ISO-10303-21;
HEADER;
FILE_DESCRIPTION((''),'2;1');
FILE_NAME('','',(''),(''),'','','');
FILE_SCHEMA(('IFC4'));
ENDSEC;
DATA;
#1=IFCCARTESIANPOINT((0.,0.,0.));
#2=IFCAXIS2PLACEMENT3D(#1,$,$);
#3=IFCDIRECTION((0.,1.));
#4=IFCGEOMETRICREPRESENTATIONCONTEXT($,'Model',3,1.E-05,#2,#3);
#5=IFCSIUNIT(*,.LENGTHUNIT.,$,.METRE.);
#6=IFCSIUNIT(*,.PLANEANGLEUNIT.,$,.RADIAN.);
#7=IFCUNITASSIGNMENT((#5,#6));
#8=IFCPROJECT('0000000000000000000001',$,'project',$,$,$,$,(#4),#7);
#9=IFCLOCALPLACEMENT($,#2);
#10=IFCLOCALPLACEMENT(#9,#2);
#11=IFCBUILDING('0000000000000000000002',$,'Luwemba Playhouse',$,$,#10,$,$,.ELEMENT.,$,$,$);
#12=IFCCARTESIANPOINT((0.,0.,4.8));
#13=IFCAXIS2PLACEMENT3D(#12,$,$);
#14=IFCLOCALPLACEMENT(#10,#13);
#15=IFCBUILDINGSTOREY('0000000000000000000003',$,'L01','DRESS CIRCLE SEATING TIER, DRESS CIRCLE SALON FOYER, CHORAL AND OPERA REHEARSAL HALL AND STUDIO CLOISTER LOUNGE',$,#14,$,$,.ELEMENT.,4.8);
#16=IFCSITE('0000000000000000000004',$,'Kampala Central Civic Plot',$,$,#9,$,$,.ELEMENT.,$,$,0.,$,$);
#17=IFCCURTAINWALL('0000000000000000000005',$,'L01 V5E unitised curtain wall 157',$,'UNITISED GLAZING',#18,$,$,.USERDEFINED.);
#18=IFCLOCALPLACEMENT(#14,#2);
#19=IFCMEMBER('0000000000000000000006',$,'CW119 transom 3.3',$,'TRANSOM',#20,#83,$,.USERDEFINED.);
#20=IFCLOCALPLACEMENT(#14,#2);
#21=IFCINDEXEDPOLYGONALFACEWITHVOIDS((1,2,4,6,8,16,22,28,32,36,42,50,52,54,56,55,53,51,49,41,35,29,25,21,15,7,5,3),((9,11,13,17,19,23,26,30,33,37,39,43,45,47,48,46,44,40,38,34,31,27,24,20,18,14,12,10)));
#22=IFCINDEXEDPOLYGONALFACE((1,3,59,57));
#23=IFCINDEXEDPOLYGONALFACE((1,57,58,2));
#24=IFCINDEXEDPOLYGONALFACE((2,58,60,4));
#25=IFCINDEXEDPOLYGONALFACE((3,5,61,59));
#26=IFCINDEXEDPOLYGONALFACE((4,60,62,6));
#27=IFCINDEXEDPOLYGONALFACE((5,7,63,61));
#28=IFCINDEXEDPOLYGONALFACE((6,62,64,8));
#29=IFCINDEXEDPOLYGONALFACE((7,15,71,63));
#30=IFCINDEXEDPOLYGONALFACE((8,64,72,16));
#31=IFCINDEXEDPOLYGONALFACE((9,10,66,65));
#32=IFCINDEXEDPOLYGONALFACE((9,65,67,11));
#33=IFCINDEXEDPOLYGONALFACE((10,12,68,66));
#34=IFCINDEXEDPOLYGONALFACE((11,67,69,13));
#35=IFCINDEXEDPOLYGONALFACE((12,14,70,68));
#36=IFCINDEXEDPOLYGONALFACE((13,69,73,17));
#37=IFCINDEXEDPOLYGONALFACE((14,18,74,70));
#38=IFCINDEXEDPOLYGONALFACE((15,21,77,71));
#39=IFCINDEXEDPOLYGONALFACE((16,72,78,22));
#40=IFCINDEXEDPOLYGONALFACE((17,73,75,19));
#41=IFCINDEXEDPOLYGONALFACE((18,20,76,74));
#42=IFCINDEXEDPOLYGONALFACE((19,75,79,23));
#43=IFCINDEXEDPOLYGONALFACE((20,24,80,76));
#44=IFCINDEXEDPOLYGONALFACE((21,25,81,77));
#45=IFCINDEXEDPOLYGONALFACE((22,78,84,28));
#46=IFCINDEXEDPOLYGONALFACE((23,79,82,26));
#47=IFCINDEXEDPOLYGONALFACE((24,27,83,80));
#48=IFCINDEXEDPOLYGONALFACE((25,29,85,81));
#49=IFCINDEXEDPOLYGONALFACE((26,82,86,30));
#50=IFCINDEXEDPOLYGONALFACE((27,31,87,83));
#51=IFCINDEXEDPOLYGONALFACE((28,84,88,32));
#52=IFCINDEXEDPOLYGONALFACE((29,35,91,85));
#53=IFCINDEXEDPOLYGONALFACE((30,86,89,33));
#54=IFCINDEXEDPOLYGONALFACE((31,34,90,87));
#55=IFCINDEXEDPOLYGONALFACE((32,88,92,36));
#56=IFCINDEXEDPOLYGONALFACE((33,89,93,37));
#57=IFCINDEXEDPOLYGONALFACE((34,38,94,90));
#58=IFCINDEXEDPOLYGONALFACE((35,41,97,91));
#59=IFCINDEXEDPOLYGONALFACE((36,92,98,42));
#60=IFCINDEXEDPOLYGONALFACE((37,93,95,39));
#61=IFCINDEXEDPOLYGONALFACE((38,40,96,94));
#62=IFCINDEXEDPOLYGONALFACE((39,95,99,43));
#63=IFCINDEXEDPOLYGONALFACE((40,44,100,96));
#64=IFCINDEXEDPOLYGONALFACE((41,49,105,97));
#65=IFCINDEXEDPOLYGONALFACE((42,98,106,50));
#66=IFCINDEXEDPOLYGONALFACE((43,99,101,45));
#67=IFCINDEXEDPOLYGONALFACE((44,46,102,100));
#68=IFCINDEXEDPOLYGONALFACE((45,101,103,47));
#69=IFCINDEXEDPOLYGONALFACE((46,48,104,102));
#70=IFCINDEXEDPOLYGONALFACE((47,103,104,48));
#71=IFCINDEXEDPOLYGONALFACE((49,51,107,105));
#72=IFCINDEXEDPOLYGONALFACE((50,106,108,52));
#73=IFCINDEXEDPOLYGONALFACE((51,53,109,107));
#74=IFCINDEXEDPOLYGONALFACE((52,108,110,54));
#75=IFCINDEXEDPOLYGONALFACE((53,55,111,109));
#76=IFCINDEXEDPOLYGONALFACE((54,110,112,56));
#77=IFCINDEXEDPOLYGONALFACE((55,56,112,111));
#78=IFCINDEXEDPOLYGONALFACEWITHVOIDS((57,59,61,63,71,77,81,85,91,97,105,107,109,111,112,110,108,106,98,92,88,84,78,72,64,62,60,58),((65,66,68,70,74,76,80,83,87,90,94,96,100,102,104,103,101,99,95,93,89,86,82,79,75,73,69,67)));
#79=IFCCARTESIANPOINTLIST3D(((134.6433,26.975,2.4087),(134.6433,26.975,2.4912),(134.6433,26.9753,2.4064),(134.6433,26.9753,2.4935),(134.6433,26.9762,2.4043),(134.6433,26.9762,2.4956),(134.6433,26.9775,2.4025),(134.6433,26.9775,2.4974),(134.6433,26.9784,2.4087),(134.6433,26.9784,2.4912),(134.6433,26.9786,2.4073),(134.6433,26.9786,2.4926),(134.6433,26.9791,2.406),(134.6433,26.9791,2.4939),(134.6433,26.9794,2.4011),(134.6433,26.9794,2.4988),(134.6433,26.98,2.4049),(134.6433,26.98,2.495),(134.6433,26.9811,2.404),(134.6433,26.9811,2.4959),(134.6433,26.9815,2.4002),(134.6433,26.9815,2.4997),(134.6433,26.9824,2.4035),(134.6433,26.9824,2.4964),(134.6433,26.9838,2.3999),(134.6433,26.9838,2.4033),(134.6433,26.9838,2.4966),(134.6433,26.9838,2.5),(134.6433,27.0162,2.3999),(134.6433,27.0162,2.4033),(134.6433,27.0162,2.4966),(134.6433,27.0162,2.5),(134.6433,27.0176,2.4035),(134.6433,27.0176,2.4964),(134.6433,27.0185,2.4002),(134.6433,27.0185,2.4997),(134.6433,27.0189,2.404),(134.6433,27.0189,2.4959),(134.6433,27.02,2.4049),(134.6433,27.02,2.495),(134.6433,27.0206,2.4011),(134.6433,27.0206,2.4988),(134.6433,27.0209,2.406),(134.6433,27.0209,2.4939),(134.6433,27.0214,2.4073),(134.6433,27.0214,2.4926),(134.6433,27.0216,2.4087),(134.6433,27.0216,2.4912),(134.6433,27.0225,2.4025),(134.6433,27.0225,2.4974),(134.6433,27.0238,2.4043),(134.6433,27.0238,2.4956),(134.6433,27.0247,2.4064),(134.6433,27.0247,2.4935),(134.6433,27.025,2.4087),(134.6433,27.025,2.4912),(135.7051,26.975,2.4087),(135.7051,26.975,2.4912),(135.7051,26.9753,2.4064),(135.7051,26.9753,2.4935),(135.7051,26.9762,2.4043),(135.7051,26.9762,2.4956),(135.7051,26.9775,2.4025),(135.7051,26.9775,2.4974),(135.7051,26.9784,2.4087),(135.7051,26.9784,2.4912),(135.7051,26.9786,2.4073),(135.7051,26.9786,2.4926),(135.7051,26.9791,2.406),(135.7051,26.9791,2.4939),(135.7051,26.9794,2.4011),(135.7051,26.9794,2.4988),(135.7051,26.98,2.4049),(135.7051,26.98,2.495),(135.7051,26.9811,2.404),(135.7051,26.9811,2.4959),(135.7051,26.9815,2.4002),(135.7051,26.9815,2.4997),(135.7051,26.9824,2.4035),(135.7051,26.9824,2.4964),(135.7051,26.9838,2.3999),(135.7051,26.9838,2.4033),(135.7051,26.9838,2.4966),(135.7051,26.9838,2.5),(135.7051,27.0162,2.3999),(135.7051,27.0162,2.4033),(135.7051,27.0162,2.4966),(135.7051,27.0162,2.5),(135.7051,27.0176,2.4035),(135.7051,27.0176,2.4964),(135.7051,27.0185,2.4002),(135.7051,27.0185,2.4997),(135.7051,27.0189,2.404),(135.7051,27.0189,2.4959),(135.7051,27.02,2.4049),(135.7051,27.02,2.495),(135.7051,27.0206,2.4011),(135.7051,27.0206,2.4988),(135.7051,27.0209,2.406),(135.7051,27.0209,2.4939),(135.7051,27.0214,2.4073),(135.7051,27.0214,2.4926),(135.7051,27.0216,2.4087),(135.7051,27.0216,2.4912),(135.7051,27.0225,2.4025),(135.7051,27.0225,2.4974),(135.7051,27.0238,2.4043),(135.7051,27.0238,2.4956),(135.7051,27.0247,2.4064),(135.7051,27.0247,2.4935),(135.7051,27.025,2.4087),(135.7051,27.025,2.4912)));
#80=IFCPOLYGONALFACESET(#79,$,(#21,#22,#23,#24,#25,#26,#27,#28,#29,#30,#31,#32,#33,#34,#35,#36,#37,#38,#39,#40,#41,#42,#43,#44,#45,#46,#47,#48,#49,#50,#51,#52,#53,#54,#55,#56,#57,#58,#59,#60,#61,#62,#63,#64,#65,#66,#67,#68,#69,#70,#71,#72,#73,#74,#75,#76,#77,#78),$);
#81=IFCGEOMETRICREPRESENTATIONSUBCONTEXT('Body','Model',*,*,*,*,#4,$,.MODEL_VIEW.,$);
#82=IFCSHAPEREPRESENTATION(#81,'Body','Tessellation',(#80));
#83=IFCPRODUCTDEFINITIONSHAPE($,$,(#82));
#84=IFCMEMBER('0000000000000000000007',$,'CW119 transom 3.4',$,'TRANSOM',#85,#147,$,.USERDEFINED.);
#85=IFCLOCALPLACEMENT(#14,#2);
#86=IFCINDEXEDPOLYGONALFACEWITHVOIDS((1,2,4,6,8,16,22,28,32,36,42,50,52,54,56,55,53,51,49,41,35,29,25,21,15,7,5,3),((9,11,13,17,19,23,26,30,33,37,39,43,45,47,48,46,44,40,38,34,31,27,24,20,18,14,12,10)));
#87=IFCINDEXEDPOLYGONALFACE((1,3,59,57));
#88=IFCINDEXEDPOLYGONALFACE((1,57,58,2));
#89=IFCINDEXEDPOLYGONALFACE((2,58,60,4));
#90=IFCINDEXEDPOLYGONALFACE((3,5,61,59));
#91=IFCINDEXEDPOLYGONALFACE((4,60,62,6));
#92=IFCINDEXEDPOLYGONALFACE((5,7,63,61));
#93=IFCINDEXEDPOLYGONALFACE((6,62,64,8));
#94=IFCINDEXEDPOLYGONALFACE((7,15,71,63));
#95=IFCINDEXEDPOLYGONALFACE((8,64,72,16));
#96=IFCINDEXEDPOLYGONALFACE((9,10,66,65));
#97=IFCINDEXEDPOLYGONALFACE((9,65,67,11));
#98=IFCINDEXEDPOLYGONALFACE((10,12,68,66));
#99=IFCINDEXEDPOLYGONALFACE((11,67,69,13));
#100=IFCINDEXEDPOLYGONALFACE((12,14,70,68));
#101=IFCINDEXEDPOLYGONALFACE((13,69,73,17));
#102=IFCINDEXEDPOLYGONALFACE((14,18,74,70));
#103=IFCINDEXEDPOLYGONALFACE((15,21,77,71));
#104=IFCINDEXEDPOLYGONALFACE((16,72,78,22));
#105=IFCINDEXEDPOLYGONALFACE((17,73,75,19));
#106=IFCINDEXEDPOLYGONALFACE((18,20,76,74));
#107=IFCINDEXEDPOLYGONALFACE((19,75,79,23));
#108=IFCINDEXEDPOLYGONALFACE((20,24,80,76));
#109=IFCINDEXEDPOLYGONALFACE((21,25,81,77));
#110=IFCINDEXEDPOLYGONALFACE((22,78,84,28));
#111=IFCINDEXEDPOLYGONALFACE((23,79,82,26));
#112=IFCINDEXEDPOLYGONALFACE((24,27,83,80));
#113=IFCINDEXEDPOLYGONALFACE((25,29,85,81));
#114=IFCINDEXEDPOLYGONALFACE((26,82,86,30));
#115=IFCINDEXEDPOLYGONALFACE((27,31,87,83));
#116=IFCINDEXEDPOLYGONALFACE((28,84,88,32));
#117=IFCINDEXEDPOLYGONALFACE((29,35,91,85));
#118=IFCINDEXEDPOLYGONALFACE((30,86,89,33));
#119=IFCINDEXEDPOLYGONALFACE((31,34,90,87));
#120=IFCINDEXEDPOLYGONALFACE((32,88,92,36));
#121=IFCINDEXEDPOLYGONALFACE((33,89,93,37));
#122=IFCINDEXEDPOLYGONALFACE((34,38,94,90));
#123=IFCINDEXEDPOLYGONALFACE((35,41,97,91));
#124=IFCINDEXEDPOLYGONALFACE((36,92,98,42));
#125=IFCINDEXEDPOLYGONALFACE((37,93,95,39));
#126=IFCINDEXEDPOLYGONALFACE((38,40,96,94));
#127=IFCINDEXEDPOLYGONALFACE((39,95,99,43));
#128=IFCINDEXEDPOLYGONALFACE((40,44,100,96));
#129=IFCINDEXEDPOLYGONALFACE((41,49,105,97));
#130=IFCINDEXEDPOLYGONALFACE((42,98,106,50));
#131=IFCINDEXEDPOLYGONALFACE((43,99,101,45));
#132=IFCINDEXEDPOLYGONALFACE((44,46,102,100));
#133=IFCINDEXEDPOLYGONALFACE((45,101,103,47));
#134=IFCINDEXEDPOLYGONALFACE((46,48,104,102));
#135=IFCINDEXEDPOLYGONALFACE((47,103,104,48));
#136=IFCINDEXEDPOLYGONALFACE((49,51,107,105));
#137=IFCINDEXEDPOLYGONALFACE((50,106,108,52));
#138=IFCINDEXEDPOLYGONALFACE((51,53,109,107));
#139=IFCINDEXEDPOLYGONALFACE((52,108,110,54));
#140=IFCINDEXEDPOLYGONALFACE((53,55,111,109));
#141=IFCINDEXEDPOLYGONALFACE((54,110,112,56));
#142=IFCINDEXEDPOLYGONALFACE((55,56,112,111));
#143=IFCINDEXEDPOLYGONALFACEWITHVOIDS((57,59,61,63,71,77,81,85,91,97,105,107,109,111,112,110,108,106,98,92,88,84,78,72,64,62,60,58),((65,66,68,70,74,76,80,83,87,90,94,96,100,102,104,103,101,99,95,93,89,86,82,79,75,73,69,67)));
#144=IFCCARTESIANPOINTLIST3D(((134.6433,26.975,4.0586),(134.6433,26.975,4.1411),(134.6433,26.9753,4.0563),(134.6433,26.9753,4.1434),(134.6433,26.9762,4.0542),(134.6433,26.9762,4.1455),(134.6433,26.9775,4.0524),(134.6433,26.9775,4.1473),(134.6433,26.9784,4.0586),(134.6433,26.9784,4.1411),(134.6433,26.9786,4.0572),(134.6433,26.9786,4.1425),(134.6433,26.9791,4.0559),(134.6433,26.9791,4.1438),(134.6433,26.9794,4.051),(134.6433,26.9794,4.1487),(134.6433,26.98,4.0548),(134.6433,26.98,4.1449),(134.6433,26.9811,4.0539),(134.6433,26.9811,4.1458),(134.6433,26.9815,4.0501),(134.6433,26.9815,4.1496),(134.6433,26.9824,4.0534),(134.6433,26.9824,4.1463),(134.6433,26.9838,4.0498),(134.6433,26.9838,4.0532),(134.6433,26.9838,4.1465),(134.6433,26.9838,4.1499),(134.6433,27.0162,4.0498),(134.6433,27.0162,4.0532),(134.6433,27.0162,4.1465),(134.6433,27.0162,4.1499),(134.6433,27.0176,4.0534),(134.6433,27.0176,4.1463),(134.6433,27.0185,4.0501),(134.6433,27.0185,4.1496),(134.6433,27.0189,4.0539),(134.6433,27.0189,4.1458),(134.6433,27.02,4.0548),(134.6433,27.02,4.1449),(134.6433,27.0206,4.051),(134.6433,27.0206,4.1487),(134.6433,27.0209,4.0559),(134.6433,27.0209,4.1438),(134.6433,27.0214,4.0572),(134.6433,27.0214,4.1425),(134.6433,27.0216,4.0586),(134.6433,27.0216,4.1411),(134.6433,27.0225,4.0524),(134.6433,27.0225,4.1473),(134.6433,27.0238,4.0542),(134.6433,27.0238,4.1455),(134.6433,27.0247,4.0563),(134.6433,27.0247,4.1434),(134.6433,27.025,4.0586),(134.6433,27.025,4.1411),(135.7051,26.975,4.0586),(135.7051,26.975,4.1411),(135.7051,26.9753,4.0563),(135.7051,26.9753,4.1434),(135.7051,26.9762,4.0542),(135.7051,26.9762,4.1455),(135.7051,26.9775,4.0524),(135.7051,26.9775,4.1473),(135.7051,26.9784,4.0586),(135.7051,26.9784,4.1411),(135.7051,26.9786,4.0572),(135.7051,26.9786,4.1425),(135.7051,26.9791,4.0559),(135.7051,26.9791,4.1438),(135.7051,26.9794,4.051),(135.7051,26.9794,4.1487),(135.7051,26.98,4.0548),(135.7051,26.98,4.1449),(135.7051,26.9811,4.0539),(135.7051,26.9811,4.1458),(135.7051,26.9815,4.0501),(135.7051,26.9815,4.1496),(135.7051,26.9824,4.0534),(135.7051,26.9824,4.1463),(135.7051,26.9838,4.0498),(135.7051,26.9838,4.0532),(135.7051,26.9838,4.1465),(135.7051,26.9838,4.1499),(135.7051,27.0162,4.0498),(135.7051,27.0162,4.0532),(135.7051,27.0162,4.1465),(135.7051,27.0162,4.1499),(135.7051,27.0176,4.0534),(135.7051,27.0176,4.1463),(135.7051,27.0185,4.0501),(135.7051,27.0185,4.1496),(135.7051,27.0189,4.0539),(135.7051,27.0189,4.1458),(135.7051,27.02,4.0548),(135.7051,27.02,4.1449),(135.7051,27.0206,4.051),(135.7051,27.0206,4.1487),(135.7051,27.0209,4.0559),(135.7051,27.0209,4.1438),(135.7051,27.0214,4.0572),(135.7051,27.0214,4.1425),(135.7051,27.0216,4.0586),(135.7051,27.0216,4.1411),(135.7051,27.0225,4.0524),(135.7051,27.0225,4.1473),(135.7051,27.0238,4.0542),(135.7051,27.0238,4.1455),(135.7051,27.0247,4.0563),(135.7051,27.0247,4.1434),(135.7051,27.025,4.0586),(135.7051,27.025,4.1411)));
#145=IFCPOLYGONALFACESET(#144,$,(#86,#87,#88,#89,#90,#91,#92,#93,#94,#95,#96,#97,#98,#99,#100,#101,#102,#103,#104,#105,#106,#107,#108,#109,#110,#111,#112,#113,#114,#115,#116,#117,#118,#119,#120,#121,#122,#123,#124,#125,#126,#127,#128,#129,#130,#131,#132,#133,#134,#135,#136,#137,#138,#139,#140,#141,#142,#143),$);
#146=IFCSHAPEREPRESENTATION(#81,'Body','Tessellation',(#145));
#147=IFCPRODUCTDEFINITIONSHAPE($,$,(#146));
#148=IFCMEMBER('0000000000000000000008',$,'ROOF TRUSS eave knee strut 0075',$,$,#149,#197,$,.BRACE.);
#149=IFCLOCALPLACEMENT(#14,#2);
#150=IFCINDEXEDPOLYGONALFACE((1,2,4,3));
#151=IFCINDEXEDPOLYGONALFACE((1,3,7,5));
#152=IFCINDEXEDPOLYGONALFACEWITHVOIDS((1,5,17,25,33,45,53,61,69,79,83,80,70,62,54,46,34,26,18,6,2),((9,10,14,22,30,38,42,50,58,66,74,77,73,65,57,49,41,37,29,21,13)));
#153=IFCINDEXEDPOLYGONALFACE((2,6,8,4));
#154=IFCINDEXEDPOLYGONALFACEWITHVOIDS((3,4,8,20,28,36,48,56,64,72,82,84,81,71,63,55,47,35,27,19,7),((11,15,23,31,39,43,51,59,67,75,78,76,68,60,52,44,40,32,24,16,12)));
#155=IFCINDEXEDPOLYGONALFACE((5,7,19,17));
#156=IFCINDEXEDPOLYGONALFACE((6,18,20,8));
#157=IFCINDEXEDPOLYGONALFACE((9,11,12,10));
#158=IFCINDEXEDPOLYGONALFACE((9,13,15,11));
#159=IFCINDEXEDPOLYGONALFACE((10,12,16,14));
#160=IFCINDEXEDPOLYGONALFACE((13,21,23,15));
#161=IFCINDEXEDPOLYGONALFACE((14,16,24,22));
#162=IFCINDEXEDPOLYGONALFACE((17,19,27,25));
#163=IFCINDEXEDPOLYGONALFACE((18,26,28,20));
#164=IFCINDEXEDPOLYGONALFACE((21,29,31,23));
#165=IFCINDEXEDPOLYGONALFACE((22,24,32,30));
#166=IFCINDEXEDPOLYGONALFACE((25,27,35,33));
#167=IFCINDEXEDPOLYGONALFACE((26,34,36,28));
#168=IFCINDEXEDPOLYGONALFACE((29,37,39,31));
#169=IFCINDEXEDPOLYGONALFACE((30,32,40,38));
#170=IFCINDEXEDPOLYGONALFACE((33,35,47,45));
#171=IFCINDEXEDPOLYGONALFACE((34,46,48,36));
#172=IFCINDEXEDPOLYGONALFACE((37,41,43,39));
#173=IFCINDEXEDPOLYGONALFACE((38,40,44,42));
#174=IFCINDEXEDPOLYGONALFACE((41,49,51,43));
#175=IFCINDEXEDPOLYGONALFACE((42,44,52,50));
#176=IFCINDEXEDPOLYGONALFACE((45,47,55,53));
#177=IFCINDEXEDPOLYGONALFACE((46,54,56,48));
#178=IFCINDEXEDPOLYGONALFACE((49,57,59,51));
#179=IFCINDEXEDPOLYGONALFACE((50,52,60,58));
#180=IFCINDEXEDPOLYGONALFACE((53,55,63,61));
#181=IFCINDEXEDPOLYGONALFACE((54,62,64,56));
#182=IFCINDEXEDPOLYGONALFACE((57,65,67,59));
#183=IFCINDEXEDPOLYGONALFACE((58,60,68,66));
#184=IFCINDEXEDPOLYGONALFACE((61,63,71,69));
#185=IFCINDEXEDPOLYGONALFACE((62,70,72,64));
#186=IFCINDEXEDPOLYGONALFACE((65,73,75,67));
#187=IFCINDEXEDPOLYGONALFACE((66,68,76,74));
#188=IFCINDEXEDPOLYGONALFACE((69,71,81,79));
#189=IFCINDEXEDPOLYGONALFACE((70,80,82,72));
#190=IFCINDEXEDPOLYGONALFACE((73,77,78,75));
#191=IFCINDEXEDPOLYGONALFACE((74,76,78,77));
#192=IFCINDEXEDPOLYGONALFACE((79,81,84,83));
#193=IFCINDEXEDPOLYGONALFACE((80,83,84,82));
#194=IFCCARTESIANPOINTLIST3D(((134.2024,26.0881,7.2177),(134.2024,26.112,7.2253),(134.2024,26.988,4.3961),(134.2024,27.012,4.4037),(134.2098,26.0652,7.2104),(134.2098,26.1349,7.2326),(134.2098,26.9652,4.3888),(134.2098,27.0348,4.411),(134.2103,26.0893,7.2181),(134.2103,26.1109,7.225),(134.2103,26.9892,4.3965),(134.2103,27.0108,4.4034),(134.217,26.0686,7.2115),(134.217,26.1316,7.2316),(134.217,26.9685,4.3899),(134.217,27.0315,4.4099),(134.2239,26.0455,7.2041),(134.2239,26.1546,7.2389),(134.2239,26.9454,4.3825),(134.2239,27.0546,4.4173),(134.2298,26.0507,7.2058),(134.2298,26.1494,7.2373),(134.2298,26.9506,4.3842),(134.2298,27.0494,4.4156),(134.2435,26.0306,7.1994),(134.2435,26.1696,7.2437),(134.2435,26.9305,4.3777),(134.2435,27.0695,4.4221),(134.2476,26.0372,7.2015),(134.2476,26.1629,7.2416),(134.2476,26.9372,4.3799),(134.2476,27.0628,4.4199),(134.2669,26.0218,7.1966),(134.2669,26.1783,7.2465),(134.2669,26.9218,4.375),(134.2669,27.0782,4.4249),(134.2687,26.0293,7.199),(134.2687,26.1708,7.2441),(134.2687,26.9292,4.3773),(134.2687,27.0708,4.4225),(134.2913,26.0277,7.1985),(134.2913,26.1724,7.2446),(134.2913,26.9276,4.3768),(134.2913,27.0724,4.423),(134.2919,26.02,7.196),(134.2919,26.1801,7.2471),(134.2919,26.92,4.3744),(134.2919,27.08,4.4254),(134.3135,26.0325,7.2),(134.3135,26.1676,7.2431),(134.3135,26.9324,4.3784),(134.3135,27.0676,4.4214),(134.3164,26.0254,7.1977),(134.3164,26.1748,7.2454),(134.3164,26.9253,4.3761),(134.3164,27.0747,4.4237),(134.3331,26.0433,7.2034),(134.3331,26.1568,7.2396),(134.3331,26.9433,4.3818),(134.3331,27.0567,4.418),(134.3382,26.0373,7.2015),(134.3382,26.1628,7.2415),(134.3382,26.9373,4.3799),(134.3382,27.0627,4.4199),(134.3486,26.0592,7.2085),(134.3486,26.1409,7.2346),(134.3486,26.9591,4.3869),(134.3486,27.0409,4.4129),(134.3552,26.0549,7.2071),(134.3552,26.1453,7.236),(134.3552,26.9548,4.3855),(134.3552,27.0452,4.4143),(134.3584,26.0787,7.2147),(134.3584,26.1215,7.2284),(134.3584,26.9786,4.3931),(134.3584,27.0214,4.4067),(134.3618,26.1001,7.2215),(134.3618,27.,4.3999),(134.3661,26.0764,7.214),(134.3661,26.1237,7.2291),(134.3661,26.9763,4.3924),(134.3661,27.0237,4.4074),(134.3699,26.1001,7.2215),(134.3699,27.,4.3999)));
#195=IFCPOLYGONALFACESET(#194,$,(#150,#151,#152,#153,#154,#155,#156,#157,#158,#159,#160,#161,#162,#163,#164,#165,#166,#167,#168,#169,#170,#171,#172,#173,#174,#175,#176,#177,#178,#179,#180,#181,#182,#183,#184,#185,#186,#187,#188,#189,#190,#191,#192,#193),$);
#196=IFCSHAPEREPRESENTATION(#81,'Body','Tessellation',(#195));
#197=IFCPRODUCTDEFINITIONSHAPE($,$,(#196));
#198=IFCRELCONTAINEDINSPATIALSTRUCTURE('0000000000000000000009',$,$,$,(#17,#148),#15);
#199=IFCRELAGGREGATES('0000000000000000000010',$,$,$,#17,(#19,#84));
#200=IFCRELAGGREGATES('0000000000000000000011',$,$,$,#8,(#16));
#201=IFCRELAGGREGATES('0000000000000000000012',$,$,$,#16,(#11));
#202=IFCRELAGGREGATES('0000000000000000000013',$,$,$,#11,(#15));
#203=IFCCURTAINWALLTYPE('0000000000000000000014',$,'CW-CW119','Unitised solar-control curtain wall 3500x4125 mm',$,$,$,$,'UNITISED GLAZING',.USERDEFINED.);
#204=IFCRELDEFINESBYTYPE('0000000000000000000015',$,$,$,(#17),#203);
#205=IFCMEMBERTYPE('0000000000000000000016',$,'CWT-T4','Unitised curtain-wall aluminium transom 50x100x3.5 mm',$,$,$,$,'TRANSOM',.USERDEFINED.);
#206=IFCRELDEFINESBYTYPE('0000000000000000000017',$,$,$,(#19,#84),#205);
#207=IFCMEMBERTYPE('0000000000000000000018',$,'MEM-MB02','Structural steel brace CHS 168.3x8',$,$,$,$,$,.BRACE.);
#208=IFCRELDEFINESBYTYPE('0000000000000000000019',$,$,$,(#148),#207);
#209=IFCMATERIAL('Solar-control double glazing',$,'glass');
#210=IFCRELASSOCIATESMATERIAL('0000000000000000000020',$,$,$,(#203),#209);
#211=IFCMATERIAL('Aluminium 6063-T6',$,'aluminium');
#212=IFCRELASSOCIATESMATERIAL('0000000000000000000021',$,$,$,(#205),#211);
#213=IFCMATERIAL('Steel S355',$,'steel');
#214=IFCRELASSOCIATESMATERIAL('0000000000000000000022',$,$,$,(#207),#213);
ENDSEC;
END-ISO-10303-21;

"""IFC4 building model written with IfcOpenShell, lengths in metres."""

from ifc_helpers import new_model, si_unit, direction, frame, origin, origin_2d, place, context, subcontext, project, spatial, hollow_rectangle, hollow_circle, extrude, material, material_profile, profile_set, type_object, element, aggregate, save


model = new_model("IFC4")

# Units and contexts
model_context = context("Model", 3, precision=1e-05, world=origin(), true_north=direction((0.0, 1.0)))
body_context = subcontext(model_context, "Body", "Model", "MODEL_VIEW")
ifc_project = project(units=[si_unit("LENGTHUNIT", "METRE"), si_unit("PLANEANGLEUNIT", "RADIAN")], contexts=[model_context])

# Site, building, storey
site_placement = place(None, origin())
site = spatial("IfcSite", under=ifc_project, at=site_placement, Name="Kampala Central Civic Plot", CompositionType="ELEMENT", RefElevation=0.0)
building_placement = place(site_placement, origin())
building = spatial("IfcBuilding", under=site, at=building_placement, Name="Luwemba Playhouse", CompositionType="ELEMENT")
storey_placement = place(building_placement, frame((0.0, 0.0, 4.8)))
storey = spatial("IfcBuildingStorey", under=building, at=storey_placement, Name="L01", Description="DRESS CIRCLE SEATING TIER, DRESS CIRCLE SALON FOYER, CHORAL AND OPERA REHEARSAL HALL AND STUDIO CLOISTER LOUNGE", CompositionType="ELEMENT", Elevation=4.8)

# Shared definitions
ifc_material_1 = material(Name="Steel S355", Category="steel")

# Curtain wall
ifc_material_2 = material(Name="Solar-control double glazing", Category="glass")
ifc_material_3 = material(Name="Aluminium 6063-T6", Category="aluminium")
curtain_wall_type_1 = type_object("IfcCurtainWallType", Name="CW-CW119", Description="Unitised solar-control curtain wall 3500x4125 mm", ElementType="UNITISED GLAZING", PredefinedType="USERDEFINED", material=ifc_material_2)
curtain_wall_1_placement = place(storey_placement, origin())
curtain_wall_1 = element("IfcCurtainWall", 1, at=curtain_wall_1_placement, inside=storey, type_object=curtain_wall_type_1, Name="L01 V5E unitised curtain wall 157", ObjectType="UNITISED GLAZING", PredefinedType="USERDEFINED")

# Members
ifc_material_profile_1 = material_profile(ifc_material_3, hollow_rectangle(XDim=0.05, YDim=0.1001, WallThickness=0.0034, InnerFilletRadius=0.0054, OuterFilletRadius=0.0088, at=origin_2d()))
ifc_profile_set_1 = profile_set([ifc_material_profile_1], Name="Aluminium 6063-T6")
member_type_1 = type_object("IfcMemberType", Name="CWT-T4", Description="Unitised curtain-wall aluminium transom 50x100x3.5 mm", ElementType="TRANSOM", PredefinedType="USERDEFINED", material=ifc_profile_set_1)
member_1_placement = place(storey_placement, frame((134.6433, 27.0, 2.45), z_axis=(1.0, 0.0, 0.0), x_axis=(0.0, 1.0, 0.0)))
member_1 = element("IfcMember", 2, at=member_1_placement, type_object=member_type_1, Name="CW119 transom 3.3", ObjectType="TRANSOM", PredefinedType="USERDEFINED", context=body_context, shape_type="SweptSolid", body=[
    extrude(hollow_rectangle(XDim=0.05, YDim=0.1001, WallThickness=0.0034, InnerFilletRadius=0.0054, OuterFilletRadius=0.0088, at=origin_2d()), origin(), (0.0, 0.0, 1.0), 1.0618),
])
member_2_placement = place(storey_placement, frame((134.6433, 27.0, 4.0999), z_axis=(1.0, 0.0, 0.0), x_axis=(0.0, 1.0, 0.0)))
member_2 = element("IfcMember", 3, at=member_2_placement, type_object=member_type_1, Name="CW119 transom 3.4", ObjectType="TRANSOM", PredefinedType="USERDEFINED", context=body_context, shape_type="SweptSolid", body=[
    extrude(hollow_rectangle(XDim=0.05, YDim=0.1001, WallThickness=0.0034, InnerFilletRadius=0.0054, OuterFilletRadius=0.0088, at=origin_2d()), origin(), (0.0, 0.0, 1.0), 1.0618),
])
ifc_material_profile_2 = material_profile(ifc_material_1, hollow_circle(Radius=0.0842, WallThickness=0.0081, at=origin_2d()))
ifc_profile_set_2 = profile_set([ifc_material_profile_2], Name="Steel S355")
member_type_2 = type_object("IfcMemberType", Name="MEM-MB02", Description="Structural steel brace CHS 168.3x8", PredefinedType="BRACE", material=ifc_profile_set_2)
member_3_placement = place(storey_placement, frame((134.2856, 27.0, 4.3999), z_axis=(0.0, -0.30386, 0.952717), x_axis=(1.0, 0.0, 0.0)))
element("IfcMember", 4, at=member_3_placement, inside=storey, type_object=member_type_2, Name="ROOF TRUSS eave knee strut 0075", PredefinedType="BRACE", context=body_context, shape_type="SweptSolid", body=[
    extrude(hollow_circle(Radius=0.0842, WallThickness=0.0081, at=origin_2d()), origin(), (0.0, 0.0, 1.0), 2.9617),
])

aggregate(curtain_wall_1, [member_1, member_2])

save(model, "model.ifc")
